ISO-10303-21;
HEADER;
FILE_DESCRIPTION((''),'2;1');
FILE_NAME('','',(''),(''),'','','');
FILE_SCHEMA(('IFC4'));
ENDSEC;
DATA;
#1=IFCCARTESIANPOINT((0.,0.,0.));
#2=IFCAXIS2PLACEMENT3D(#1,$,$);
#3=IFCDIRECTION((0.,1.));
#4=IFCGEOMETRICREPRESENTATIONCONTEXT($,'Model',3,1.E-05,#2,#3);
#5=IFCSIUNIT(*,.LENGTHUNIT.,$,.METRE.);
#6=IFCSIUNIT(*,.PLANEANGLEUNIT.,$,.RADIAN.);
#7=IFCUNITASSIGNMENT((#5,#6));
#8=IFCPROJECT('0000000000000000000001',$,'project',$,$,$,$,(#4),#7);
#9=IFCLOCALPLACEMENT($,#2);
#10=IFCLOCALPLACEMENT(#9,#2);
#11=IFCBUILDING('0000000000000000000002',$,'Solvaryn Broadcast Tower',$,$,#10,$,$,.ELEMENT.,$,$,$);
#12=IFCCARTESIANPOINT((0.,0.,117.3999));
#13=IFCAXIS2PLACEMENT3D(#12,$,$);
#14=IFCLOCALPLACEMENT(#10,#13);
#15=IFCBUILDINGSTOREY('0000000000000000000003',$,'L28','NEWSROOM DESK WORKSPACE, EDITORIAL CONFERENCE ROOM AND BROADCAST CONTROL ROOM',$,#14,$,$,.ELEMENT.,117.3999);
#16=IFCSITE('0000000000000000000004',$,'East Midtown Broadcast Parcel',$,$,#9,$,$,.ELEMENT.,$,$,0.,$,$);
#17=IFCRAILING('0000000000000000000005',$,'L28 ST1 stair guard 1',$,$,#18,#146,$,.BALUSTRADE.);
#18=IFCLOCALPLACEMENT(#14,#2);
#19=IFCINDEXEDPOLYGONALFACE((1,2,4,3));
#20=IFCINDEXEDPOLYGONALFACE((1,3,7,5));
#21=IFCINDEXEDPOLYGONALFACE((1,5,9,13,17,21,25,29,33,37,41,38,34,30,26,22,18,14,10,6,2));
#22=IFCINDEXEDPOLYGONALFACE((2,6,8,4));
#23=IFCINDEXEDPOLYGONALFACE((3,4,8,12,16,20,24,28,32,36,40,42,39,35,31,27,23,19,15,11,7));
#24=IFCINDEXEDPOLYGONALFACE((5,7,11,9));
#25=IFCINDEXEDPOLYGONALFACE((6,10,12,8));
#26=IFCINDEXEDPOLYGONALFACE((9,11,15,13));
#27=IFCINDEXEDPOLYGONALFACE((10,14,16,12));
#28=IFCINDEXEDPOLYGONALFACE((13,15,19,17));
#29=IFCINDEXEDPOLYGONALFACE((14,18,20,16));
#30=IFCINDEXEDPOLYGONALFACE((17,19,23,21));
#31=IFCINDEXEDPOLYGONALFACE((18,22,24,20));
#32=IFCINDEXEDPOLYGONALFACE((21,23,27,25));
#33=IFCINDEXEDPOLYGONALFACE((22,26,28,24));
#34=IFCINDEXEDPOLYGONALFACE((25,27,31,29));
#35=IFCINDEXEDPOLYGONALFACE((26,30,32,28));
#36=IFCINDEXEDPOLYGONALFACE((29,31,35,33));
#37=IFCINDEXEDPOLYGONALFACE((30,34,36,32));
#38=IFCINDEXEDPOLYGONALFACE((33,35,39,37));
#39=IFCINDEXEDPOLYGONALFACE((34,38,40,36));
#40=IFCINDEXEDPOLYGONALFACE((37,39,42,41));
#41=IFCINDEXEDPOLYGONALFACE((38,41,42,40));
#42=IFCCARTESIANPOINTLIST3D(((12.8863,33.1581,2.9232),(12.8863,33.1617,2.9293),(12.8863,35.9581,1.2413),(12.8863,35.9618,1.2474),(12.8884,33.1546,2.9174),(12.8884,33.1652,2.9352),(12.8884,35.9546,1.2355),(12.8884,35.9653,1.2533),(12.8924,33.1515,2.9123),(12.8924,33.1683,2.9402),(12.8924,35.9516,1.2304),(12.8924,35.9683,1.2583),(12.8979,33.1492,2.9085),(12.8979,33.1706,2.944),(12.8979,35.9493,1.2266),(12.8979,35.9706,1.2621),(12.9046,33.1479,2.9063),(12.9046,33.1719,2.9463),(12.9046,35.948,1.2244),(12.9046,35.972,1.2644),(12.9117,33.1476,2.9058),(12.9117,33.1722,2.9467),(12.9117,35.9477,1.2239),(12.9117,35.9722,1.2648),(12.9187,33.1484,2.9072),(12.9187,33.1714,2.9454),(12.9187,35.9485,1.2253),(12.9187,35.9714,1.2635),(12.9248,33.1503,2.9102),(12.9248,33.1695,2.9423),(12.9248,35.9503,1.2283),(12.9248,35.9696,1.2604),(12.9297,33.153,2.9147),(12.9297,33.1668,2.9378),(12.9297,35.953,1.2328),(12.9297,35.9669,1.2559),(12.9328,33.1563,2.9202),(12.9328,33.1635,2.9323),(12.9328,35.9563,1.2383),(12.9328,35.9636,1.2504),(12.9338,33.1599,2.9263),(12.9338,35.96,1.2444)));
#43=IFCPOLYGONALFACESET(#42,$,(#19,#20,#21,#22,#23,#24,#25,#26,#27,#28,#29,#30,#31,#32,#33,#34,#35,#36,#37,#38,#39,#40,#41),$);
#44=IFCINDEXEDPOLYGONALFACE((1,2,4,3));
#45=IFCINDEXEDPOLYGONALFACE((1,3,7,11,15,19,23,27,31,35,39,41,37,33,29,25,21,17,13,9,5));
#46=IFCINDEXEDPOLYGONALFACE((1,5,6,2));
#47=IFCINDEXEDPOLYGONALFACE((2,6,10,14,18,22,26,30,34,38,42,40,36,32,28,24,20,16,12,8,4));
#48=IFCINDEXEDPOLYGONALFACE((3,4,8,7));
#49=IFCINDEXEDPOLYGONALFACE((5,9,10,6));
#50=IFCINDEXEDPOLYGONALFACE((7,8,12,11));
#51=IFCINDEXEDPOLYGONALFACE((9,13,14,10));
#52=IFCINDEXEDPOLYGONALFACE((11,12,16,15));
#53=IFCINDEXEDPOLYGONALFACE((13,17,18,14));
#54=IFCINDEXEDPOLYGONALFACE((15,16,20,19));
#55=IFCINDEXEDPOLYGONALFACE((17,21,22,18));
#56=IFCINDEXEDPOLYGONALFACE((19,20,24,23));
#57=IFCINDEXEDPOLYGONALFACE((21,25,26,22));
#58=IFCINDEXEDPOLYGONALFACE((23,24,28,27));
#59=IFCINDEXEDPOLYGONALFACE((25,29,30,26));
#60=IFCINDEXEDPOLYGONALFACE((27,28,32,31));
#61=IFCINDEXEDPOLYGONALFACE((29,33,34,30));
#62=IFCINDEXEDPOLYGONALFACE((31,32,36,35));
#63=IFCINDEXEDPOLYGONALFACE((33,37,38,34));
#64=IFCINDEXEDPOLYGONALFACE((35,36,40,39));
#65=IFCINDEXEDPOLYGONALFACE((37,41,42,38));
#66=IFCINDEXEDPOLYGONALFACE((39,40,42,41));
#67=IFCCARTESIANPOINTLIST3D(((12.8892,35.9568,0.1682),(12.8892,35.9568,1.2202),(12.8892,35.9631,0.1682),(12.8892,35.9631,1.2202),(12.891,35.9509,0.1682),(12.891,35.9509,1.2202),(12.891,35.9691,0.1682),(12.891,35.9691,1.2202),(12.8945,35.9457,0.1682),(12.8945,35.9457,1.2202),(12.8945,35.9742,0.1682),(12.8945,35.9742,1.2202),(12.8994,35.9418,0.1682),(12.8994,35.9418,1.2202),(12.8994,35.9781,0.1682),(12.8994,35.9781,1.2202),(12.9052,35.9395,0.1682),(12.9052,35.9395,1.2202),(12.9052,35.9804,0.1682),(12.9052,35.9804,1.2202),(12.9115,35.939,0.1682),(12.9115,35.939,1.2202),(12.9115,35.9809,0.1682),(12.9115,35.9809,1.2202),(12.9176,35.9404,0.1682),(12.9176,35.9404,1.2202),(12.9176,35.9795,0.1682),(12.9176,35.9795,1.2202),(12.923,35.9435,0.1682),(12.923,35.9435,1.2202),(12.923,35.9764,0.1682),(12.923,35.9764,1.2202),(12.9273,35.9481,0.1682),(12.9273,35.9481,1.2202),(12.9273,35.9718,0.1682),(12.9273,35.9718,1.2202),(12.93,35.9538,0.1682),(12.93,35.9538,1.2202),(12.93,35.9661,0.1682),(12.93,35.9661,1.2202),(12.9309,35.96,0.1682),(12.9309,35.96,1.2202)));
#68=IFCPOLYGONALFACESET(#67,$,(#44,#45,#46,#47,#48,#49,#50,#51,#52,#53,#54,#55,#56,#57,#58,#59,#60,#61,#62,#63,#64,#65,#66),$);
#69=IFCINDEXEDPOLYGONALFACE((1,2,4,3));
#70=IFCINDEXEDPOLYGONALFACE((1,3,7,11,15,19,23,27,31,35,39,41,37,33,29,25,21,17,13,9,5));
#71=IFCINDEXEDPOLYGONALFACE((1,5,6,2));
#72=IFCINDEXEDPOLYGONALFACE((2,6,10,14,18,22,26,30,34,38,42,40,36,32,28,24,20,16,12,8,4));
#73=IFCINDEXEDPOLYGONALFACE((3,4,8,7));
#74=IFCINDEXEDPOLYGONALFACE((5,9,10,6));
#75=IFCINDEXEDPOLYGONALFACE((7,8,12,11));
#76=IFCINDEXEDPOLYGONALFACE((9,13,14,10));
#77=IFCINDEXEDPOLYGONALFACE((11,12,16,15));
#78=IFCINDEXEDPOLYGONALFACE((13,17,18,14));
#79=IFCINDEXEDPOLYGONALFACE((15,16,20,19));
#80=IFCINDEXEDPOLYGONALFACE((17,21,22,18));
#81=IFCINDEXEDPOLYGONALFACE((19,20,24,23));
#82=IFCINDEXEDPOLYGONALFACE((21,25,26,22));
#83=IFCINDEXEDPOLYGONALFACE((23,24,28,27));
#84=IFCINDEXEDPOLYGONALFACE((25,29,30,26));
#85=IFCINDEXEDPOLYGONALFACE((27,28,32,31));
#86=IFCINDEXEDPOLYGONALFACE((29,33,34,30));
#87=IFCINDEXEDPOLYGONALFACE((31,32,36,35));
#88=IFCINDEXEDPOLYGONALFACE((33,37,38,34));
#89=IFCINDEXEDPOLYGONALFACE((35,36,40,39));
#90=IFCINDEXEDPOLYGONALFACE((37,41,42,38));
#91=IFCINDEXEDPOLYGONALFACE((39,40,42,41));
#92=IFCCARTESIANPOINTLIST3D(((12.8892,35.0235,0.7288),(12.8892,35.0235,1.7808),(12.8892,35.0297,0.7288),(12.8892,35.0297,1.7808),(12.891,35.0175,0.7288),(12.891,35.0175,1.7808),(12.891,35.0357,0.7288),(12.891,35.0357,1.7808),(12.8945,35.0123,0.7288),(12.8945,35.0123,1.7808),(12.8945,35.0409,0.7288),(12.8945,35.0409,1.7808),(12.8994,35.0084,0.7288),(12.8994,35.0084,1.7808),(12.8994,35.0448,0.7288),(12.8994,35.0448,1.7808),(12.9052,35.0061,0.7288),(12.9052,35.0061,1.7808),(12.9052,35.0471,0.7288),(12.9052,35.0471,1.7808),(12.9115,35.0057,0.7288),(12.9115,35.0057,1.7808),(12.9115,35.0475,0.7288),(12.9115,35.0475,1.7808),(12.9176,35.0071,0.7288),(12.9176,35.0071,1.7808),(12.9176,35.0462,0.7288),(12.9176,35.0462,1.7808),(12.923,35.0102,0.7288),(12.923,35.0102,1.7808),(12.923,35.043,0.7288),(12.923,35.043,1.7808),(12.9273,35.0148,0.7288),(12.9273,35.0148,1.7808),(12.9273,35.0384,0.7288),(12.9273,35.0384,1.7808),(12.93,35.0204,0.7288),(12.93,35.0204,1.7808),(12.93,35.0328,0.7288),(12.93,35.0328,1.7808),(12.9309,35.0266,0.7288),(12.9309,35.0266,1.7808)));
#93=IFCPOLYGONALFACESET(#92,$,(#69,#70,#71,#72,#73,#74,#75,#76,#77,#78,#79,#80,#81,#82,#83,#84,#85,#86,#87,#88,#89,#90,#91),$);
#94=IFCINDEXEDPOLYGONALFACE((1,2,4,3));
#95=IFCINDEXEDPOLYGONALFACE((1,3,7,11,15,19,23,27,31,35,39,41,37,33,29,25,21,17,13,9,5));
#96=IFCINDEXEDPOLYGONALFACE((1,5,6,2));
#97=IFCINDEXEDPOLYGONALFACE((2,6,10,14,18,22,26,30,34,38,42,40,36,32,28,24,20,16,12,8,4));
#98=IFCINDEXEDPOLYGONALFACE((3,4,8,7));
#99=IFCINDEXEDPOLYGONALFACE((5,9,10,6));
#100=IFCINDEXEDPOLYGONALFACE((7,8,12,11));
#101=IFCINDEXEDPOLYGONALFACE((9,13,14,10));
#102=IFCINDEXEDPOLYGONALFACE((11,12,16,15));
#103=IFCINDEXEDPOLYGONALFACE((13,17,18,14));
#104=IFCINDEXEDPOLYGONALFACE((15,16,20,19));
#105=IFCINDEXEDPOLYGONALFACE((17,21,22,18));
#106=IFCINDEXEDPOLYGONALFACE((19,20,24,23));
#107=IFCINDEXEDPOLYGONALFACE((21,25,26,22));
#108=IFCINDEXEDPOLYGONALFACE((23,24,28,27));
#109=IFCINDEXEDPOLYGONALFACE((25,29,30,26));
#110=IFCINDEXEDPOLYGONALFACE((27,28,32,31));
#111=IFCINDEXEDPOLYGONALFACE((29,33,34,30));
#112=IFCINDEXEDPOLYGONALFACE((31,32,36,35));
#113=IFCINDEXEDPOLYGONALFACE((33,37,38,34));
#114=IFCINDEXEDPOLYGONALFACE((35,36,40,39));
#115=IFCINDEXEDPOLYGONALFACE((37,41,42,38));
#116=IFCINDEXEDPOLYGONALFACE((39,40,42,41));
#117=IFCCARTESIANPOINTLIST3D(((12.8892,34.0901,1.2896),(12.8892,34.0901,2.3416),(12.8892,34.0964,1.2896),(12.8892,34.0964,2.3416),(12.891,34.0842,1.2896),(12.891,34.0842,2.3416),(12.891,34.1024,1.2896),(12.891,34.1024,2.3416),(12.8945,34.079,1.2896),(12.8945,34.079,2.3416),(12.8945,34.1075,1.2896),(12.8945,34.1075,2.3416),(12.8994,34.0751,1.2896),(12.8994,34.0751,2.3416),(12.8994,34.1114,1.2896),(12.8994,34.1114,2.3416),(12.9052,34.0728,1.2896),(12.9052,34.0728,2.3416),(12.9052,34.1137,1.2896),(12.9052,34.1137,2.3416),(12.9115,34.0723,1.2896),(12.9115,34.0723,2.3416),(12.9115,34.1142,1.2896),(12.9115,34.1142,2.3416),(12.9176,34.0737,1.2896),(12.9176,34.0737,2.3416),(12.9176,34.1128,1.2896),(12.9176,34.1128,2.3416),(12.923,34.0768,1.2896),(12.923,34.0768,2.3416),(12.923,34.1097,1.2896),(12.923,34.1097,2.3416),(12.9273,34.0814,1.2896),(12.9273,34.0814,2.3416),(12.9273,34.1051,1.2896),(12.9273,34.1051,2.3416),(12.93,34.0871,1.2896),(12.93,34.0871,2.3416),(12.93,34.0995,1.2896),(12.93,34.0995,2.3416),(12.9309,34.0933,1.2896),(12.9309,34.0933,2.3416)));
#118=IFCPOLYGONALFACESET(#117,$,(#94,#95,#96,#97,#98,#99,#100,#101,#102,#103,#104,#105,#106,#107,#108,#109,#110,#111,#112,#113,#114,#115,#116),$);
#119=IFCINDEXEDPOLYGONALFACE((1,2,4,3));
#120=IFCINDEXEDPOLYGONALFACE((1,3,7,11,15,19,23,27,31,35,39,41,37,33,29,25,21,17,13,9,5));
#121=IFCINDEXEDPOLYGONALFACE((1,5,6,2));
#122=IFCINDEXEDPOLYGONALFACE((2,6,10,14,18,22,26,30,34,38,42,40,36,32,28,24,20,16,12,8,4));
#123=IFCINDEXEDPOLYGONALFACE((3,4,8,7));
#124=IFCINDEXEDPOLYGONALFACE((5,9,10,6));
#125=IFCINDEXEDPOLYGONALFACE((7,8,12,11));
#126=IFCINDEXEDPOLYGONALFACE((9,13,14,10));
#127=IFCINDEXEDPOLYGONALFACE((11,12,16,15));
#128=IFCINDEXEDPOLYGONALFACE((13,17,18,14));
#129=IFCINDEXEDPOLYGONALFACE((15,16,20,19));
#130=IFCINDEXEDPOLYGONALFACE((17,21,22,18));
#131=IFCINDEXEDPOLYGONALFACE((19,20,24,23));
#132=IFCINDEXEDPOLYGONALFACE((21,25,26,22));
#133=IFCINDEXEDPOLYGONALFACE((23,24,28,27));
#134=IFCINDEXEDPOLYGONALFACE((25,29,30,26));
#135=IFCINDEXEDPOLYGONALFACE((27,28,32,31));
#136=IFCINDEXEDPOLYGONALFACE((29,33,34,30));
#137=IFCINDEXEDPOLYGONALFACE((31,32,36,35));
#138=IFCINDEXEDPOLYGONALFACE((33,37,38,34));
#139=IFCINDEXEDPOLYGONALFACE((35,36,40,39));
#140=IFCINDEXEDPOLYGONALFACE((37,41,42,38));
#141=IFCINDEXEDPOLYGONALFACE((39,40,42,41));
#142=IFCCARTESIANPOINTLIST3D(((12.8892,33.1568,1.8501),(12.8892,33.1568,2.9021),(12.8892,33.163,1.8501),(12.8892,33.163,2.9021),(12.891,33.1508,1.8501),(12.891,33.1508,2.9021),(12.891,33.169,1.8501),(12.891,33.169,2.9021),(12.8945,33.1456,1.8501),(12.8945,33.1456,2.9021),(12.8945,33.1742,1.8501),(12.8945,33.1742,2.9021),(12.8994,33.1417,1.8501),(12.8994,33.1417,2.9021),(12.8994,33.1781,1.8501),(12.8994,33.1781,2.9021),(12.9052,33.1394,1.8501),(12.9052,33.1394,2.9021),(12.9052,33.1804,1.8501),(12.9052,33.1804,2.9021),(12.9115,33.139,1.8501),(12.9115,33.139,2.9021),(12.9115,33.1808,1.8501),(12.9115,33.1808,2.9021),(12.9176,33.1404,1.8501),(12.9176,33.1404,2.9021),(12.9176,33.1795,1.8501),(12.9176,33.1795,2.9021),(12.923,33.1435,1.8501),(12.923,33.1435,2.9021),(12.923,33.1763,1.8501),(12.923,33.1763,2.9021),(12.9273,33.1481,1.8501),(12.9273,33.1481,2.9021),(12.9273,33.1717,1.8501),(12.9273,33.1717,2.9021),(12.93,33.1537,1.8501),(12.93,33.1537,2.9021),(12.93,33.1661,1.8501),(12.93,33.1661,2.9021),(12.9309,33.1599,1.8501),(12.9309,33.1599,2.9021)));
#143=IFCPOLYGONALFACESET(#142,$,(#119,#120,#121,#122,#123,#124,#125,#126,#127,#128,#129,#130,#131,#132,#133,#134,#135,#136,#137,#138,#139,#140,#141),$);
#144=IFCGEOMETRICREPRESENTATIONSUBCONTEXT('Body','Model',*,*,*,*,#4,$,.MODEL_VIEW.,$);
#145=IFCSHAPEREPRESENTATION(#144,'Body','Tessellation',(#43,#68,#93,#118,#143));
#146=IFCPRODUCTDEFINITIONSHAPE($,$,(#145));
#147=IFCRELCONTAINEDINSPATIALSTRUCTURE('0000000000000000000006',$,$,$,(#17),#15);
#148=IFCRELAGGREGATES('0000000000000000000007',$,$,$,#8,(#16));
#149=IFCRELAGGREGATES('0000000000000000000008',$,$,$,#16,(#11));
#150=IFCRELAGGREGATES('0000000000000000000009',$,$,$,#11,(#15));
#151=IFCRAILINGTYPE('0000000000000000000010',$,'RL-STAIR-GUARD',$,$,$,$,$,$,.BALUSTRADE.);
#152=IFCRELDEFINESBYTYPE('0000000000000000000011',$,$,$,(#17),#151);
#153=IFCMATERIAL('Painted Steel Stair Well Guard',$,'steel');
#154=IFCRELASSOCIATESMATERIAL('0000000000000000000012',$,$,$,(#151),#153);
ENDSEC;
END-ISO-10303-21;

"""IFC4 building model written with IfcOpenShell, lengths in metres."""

from ifc_helpers import new_model, si_unit, direction, frame, origin, origin_2d, place, context, subcontext, project, spatial, circle, extrude, material, type_object, element, save


model = new_model("IFC4")

# Units and contexts
model_context = context("Model", 3, precision=1e-05, world=origin(), true_north=direction((0.0, 1.0)))
body_context = subcontext(model_context, "Body", "Model", "MODEL_VIEW")
ifc_project = project(units=[si_unit("LENGTHUNIT", "METRE"), si_unit("PLANEANGLEUNIT", "RADIAN")], contexts=[model_context])

# Site, building, storey
site_placement = place(None, origin())
site = spatial("IfcSite", under=ifc_project, at=site_placement, Name="East Midtown Broadcast Parcel", CompositionType="ELEMENT", RefElevation=0.0)
building_placement = place(site_placement, origin())
building = spatial("IfcBuilding", under=site, at=building_placement, Name="Solvaryn Broadcast Tower", CompositionType="ELEMENT")
storey_placement = place(building_placement, frame((0.0, 0.0, 117.3999)))
storey = spatial("IfcBuildingStorey", under=building, at=storey_placement, Name="L28", Description="NEWSROOM DESK WORKSPACE, EDITORIAL CONFERENCE ROOM AND BROADCAST CONTROL ROOM", CompositionType="ELEMENT", Elevation=117.3999)

# Railing
ifc_material_1 = material(Name="Painted Steel Stair Well Guard", Category="steel")
railing_type_1 = type_object("IfcRailingType", Name="RL-STAIR-GUARD", PredefinedType="BALUSTRADE", material=ifc_material_1)
railing_1_placement = place(storey_placement, frame((12.9099, 35.96, 0.1682)))
element("IfcRailing", 1, at=railing_1_placement, inside=storey, type_object=railing_type_1, Name="L28 ST1 stair guard 1", PredefinedType="BALUSTRADE", context=body_context, shape_type="SweptSolid", body=[
    extrude(circle(Radius=0.0239, at=origin_2d()), frame((0.0, 0.0, 1.0762), z_axis=(0.0, -0.857242, 0.514913), x_axis=(1.0, 0.0, 0.0)), (0.0, 0.0, 1.0), 3.2664),
    extrude(circle(Radius=0.021, at=origin_2d()), origin(), (0.0, 0.0, 1.0), 1.052),
    extrude(circle(Radius=0.021, at=origin_2d()), frame((0.0, -0.9333, 0.5605)), (0.0, 0.0, 1.0), 1.052),
    extrude(circle(Radius=0.021, at=origin_2d()), frame((0.0, -1.8667, 1.1213)), (0.0, 0.0, 1.0), 1.052),
    extrude(circle(Radius=0.021, at=origin_2d()), frame((0.0, -2.8, 1.6819)), (0.0, 0.0, 1.0), 1.052),
])

save(model, "model.ifc")
